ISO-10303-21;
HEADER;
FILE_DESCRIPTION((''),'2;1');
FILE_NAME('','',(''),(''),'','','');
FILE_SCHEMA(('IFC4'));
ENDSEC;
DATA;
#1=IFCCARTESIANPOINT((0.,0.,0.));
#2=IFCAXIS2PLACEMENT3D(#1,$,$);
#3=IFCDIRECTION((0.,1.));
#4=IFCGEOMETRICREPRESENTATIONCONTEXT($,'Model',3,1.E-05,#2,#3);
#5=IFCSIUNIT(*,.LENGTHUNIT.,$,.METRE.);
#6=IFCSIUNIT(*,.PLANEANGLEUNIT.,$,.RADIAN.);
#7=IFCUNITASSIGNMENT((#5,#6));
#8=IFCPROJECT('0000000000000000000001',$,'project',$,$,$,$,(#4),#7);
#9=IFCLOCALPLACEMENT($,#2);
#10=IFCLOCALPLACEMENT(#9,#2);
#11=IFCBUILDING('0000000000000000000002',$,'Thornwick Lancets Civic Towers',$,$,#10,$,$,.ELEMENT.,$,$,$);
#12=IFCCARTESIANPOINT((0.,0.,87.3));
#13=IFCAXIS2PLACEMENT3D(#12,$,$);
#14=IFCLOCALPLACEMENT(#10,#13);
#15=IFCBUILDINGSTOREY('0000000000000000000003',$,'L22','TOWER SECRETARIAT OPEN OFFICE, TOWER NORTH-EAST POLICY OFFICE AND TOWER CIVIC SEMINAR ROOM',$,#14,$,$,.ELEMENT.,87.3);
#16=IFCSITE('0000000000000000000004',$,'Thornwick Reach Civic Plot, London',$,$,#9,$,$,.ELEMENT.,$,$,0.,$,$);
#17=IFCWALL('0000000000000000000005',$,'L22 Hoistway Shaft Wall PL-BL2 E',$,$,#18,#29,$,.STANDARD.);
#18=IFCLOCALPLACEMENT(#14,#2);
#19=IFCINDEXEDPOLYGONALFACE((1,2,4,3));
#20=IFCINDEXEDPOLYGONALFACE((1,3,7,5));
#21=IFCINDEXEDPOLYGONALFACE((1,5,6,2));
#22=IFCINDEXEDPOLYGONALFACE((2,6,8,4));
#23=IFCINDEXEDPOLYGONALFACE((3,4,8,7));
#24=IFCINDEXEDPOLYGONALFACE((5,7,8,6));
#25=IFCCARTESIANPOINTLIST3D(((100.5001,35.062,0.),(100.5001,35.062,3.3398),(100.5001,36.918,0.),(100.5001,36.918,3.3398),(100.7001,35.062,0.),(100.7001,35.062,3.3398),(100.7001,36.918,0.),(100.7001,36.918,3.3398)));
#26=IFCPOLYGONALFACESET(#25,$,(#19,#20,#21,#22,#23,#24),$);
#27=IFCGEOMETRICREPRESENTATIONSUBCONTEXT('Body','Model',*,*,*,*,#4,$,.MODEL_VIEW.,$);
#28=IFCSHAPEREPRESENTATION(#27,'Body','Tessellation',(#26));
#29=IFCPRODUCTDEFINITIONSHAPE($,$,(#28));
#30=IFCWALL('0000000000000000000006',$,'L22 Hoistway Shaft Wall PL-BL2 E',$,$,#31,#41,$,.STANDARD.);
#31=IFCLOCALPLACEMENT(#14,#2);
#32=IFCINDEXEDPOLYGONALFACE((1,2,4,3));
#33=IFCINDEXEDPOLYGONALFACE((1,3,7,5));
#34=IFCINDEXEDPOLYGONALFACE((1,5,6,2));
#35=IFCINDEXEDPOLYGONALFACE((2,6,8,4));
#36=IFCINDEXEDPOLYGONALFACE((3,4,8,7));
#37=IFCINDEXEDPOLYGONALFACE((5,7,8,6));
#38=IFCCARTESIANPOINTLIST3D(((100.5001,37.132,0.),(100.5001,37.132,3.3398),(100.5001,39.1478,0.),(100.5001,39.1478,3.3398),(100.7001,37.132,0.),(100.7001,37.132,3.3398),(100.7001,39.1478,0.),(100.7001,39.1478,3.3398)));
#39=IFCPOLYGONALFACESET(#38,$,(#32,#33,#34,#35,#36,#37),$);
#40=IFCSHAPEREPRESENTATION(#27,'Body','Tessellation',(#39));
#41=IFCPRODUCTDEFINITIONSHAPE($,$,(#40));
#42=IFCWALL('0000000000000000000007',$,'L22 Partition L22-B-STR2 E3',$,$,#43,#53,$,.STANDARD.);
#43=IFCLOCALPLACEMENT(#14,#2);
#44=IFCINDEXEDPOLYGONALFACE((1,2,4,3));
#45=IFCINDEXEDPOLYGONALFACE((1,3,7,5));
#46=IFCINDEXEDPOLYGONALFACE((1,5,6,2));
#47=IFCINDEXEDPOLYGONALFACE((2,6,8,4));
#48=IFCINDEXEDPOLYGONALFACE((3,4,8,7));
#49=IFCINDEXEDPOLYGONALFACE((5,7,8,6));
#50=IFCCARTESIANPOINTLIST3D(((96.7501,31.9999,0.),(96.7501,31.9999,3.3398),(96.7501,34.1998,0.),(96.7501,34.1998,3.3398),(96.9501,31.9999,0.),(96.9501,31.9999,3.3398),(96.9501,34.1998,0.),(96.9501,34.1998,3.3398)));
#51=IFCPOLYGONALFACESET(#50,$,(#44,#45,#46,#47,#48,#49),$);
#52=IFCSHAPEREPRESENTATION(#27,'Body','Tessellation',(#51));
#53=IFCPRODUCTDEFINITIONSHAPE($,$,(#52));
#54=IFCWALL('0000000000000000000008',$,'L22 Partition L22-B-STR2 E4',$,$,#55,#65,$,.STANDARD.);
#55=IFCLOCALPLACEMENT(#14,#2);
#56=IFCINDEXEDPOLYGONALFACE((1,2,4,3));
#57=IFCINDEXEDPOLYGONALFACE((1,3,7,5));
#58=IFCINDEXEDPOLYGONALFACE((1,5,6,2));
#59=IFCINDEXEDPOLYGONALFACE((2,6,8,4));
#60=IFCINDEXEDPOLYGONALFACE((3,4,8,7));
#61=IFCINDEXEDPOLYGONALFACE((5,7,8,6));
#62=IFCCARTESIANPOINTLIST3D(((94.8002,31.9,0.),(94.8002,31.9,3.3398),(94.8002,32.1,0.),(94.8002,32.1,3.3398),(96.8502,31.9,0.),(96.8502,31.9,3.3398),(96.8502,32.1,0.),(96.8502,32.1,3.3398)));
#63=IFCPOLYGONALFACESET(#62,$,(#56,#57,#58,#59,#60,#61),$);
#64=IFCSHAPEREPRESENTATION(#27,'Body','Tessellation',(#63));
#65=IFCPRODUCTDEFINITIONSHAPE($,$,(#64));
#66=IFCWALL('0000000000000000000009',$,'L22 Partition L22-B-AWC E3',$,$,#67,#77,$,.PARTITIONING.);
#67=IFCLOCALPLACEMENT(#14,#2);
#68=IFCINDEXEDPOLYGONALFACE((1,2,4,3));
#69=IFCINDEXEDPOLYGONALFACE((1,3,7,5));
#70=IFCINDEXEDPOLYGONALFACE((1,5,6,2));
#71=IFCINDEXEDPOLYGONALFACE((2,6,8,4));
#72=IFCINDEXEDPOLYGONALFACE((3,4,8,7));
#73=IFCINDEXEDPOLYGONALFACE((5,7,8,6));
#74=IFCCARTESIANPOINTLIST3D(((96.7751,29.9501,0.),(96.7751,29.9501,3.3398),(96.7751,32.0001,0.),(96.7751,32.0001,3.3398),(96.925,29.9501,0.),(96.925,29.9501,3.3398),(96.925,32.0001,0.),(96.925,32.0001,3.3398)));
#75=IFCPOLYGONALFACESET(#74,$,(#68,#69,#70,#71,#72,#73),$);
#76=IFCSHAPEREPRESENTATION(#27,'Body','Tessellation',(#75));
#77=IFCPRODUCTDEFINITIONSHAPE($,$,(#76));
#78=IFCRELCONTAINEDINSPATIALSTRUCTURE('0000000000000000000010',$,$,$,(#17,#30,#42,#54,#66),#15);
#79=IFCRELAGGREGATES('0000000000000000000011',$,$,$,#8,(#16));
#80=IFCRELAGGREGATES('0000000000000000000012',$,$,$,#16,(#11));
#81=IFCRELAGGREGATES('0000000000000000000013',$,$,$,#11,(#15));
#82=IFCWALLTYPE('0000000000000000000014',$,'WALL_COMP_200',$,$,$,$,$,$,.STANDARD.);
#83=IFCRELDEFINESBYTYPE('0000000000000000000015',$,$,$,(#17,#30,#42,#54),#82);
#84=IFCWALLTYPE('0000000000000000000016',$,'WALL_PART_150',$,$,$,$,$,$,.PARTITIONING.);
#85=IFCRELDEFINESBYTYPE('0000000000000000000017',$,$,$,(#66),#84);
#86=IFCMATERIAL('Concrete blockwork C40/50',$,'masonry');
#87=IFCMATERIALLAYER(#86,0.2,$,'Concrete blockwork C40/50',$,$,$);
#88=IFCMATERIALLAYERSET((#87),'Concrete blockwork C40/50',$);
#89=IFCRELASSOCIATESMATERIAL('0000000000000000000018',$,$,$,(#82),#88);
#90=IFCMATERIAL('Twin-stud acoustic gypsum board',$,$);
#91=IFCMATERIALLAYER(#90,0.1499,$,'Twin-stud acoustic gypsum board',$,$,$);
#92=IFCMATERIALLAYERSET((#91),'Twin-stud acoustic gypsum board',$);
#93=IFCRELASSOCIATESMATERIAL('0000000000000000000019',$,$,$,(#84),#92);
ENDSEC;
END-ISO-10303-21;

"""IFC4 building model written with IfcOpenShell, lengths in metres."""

from ifc_helpers import new_model, si_unit, direction, frame, frame_2d, origin, place, context, subcontext, project, spatial, rectangle, extrude, material, layer, layer_set, type_object, element, save


model = new_model("IFC4")

# Units and contexts
model_context = context("Model", 3, precision=1e-05, world=origin(), true_north=direction((0.0, 1.0)))
body_context = subcontext(model_context, "Body", "Model", "MODEL_VIEW")
ifc_project = project(units=[si_unit("LENGTHUNIT", "METRE"), si_unit("PLANEANGLEUNIT", "RADIAN")], contexts=[model_context])

# Site, building, storey
site_placement = place(None, origin())
site = spatial("IfcSite", under=ifc_project, at=site_placement, Name="Thornwick Reach Civic Plot, London", CompositionType="ELEMENT", RefElevation=0.0)
building_placement = place(site_placement, origin())
building = spatial("IfcBuilding", under=site, at=building_placement, Name="Thornwick Lancets Civic Towers", CompositionType="ELEMENT")
storey_placement = place(building_placement, frame((0.0, 0.0, 87.3)))
storey = spatial("IfcBuildingStorey", under=building, at=storey_placement, Name="L22", Description="TOWER SECRETARIAT OPEN OFFICE, TOWER NORTH-EAST POLICY OFFICE AND TOWER CIVIC SEMINAR ROOM", CompositionType="ELEMENT", Elevation=87.3)

# Shared definitions
ifc_material_1 = material(Name="Concrete blockwork C40/50", Category="masonry")
ifc_layer_1 = layer(ifc_material_1, 0.2, Name="Concrete blockwork C40/50")
ifc_layer_set_1 = layer_set([ifc_layer_1], Name="Concrete blockwork C40/50")
wall_type_1 = type_object("IfcWallType", Name="WALL_COMP_200", PredefinedType="STANDARD", material=ifc_layer_set_1)

# Walls
wall_1_placement = place(storey_placement, frame((100.6001, 35.062, 0.0), z_axis=(0.0, 0.0, 1.0), x_axis=(0.0, 1.0, 0.0)))
element("IfcWall", 1, at=wall_1_placement, inside=storey, type_object=wall_type_1, Name="L22 Hoistway Shaft Wall PL-BL2 E", PredefinedType="STANDARD", context=body_context, shape_type="SweptSolid", body=[
    extrude(rectangle(XDim=1.856, YDim=0.2, at=frame_2d((0.928, 0.0))), origin(), (0.0, 0.0, 1.0), 3.3398),
])
wall_2_placement = place(storey_placement, frame((100.6001, 37.1321, 0.0), z_axis=(0.0, 0.0, 1.0), x_axis=(0.0, 1.0, 0.0)))
element("IfcWall", 2, at=wall_2_placement, inside=storey, type_object=wall_type_1, Name="L22 Hoistway Shaft Wall PL-BL2 E", PredefinedType="STANDARD", context=body_context, shape_type="SweptSolid", body=[
    extrude(rectangle(XDim=2.0159, YDim=0.2, at=frame_2d((1.0078, 0.0))), origin(), (0.0, 0.0, 1.0), 3.3398),
])
wall_3_placement = place(storey_placement, frame((96.8501, 34.2, 0.0), z_axis=(0.0, 0.0, 1.0), x_axis=(0.0, -1.0, 0.0)))
element("IfcWall", 3, at=wall_3_placement, inside=storey, type_object=wall_type_1, Name="L22 Partition L22-B-STR2 E3", PredefinedType="STANDARD", context=body_context, shape_type="SweptSolid", body=[
    extrude(rectangle(XDim=2.2, YDim=0.2, at=frame_2d((1.1001, 0.0))), origin(), (0.0, 0.0, 1.0), 3.3398),
])
wall_4_placement = place(storey_placement, frame((96.8501, 32.0, 0.0), z_axis=(0.0, 0.0, 1.0), x_axis=(-1.0, 0.0, 0.0)))
element("IfcWall", 4, at=wall_4_placement, inside=storey, type_object=wall_type_1, Name="L22 Partition L22-B-STR2 E4", PredefinedType="STANDARD", context=body_context, shape_type="SweptSolid", body=[
    extrude(rectangle(XDim=2.05, YDim=0.2, at=frame_2d((1.0249, 0.0))), origin(), (0.0, 0.0, 1.0), 3.3398),
])
ifc_material_2 = material(Name="Twin-stud acoustic gypsum board")
ifc_layer_2 = layer(ifc_material_2, 0.1499, Name="Twin-stud acoustic gypsum board")
ifc_layer_set_2 = layer_set([ifc_layer_2], Name="Twin-stud acoustic gypsum board")
wall_type_2 = type_object("IfcWallType", Name="WALL_PART_150", PredefinedType="PARTITIONING", material=ifc_layer_set_2)
wall_5_placement = place(storey_placement, frame((96.8501, 32.0, 0.0), z_axis=(0.0, 0.0, 1.0), x_axis=(0.0, -1.0, 0.0)))
element("IfcWall", 5, at=wall_5_placement, inside=storey, type_object=wall_type_2, Name="L22 Partition L22-B-AWC E3", PredefinedType="PARTITIONING", context=body_context, shape_type="SweptSolid", body=[
    extrude(rectangle(XDim=2.05, YDim=0.1499, at=frame_2d((1.0249, 0.0))), origin(), (0.0, 0.0, 1.0), 3.3398),
])

save(model, "model.ifc")
